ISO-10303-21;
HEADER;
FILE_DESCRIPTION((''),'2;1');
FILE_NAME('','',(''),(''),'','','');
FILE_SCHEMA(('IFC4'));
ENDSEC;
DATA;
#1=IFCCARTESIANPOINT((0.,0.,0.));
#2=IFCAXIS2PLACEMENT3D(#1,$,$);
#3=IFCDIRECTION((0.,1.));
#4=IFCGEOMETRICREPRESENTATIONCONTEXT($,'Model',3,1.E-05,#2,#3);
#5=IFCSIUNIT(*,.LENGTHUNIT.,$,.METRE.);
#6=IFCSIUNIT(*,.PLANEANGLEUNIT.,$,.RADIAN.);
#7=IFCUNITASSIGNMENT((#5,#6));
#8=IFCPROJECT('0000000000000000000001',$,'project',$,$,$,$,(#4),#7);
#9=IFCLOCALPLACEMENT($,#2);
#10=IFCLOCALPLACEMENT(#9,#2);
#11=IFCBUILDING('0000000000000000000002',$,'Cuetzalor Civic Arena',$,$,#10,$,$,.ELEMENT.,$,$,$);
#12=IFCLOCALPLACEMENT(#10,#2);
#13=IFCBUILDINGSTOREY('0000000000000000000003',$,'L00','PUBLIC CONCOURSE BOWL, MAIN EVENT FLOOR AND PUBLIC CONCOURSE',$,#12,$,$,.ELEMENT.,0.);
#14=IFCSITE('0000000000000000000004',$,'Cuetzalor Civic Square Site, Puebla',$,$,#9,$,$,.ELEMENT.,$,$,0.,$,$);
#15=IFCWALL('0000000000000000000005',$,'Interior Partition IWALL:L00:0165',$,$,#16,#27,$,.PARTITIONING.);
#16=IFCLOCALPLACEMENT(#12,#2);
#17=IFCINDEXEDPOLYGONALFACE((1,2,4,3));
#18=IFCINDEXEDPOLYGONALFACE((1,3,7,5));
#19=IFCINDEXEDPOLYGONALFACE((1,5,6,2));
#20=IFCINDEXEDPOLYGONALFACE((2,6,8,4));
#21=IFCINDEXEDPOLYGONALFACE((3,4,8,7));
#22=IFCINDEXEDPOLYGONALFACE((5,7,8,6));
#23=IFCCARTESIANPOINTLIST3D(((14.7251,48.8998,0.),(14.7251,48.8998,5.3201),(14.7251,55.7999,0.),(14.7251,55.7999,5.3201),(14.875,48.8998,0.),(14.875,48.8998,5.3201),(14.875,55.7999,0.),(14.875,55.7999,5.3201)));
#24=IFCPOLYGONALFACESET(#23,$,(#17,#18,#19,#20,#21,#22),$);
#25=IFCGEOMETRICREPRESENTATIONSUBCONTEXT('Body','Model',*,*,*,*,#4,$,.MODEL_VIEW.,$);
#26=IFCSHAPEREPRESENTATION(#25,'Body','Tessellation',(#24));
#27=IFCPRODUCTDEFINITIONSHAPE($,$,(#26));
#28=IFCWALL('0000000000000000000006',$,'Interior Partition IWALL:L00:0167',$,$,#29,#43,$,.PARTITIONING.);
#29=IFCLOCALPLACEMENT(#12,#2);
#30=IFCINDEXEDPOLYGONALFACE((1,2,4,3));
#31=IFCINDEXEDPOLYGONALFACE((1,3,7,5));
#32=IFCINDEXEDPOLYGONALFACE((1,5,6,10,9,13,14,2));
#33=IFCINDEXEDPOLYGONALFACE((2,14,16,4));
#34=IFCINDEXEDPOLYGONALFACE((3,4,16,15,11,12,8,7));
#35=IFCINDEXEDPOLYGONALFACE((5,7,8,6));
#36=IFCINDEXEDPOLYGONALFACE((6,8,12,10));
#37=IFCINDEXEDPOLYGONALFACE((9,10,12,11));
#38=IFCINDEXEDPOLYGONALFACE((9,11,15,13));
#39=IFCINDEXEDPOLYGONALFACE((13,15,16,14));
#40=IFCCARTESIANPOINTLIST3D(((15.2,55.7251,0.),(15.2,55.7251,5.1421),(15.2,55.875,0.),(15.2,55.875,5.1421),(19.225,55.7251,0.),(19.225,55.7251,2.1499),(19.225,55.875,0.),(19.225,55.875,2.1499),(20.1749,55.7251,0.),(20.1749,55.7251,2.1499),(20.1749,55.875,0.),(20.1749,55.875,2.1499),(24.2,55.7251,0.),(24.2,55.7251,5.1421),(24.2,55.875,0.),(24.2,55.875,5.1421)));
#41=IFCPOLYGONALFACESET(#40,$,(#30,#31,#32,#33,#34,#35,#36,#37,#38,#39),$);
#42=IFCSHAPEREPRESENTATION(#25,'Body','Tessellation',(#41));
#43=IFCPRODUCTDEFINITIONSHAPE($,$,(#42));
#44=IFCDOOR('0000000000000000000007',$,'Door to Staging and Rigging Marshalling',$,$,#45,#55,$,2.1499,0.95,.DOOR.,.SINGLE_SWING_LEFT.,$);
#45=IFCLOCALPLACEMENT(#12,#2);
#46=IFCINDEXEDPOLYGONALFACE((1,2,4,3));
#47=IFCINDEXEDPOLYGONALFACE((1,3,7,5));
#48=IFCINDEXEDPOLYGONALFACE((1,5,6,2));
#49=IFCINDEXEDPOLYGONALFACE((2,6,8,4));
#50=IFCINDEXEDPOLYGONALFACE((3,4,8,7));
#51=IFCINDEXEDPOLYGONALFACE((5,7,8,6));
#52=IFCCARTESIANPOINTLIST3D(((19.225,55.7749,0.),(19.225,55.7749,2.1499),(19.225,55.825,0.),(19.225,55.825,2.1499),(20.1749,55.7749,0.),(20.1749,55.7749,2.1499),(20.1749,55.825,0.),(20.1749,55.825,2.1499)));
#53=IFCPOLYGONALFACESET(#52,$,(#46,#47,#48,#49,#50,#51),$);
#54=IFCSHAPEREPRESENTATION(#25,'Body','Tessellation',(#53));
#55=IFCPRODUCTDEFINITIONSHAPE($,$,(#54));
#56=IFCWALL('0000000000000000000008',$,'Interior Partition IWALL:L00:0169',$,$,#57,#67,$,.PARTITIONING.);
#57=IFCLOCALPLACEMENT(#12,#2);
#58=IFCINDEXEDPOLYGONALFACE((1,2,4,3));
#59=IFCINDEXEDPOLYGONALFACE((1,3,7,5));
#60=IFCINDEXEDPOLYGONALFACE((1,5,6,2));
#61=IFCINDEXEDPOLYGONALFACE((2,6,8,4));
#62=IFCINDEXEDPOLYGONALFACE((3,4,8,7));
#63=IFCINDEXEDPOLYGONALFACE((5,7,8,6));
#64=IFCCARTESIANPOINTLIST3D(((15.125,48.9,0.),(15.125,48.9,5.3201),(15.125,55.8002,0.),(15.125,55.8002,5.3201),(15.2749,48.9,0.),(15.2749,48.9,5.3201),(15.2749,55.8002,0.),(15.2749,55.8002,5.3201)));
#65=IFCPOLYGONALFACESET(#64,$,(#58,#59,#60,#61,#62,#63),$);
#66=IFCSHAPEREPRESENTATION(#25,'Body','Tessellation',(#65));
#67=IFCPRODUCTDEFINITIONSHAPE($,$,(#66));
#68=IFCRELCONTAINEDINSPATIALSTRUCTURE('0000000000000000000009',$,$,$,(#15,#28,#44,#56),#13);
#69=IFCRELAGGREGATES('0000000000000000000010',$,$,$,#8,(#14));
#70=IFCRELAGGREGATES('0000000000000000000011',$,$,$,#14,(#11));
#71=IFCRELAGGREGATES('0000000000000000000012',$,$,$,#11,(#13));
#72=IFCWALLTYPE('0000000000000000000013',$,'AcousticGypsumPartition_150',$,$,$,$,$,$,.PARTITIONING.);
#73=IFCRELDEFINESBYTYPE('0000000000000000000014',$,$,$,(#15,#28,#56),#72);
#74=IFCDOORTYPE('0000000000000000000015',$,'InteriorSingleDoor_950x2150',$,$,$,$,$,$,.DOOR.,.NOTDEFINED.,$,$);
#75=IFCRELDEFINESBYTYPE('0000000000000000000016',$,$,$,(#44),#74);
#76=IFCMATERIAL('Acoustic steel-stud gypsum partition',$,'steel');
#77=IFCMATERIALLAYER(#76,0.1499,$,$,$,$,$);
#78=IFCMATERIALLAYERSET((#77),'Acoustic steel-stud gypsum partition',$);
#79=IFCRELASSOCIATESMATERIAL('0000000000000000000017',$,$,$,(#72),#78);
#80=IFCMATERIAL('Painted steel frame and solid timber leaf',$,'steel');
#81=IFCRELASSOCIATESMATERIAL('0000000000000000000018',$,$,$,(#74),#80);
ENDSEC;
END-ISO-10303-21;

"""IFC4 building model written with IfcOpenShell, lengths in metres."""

from ifc_helpers import new_model, si_unit, direction, frame, frame_2d, origin, place, context, subcontext, project, spatial, rectangle, extrude, material, layer, layer_set, type_object, element, fill, save


model = new_model("IFC4")

# Units and contexts
model_context = context("Model", 3, precision=1e-05, world=origin(), true_north=direction((0.0, 1.0)))
body_context = subcontext(model_context, "Body", "Model", "MODEL_VIEW")
ifc_project = project(units=[si_unit("LENGTHUNIT", "METRE"), si_unit("PLANEANGLEUNIT", "RADIAN")], contexts=[model_context])

# Site, building, storey
site_placement = place(None, origin())
site = spatial("IfcSite", under=ifc_project, at=site_placement, Name="Cuetzalor Civic Square Site, Puebla", CompositionType="ELEMENT", RefElevation=0.0)
building_placement = place(site_placement, origin())
building = spatial("IfcBuilding", under=site, at=building_placement, Name="Cuetzalor Civic Arena", CompositionType="ELEMENT")
storey_placement = place(building_placement, origin())
storey = spatial("IfcBuildingStorey", under=building, at=storey_placement, Name="L00", Description="PUBLIC CONCOURSE BOWL, MAIN EVENT FLOOR AND PUBLIC CONCOURSE", CompositionType="ELEMENT", Elevation=0.0)

# Shared definitions
ifc_material_1 = material(Name="Acoustic steel-stud gypsum partition", Category="steel")
ifc_layer = layer(ifc_material_1, 0.1499)
ifc_layer_set = layer_set([ifc_layer], Name="Acoustic steel-stud gypsum partition")
wall_type = type_object("IfcWallType", Name="AcousticGypsumPartition_150", PredefinedType="PARTITIONING", material=ifc_layer_set)
ifc_material_2 = material(Name="Painted steel frame and solid timber leaf", Category="steel")
door_type = type_object("IfcDoorType", Name="InteriorSingleDoor_950x2150", OperationType="NOTDEFINED", PredefinedType="DOOR", material=ifc_material_2)

# Wall
wall_1_placement = place(storey_placement, frame((14.8, 55.8, 0.0), z_axis=(0.0, 0.0, 1.0), x_axis=(0.0, -1.0, 0.0)))
element("IfcWall", 1, at=wall_1_placement, inside=storey, type_object=wall_type, Name="Interior Partition IWALL:L00:0165", PredefinedType="PARTITIONING", context=body_context, shape_type="SweptSolid", body=[
    extrude(rectangle(XDim=6.9001, YDim=0.1499, at=frame_2d((3.4502, 0.0))), origin(), (0.0, 0.0, 1.0), 5.3201),
])

# Wall, opening, door
wall_2_placement = place(storey_placement, frame((15.2, 55.8, 0.0), z_axis=(0.0, 0.0, 1.0), x_axis=(1.0, 0.0, 0.0)))
wall_2 = element("IfcWall", 2, at=wall_2_placement, inside=storey, type_object=wall_type, Name="Interior Partition IWALL:L00:0167", PredefinedType="PARTITIONING", context=body_context, shape_type="SweptSolid", body=[
    extrude(rectangle(XDim=9.0, YDim=0.1499, at=frame_2d((4.5, 0.0))), origin(), (0.0, 0.0, 1.0), 5.1421),
])
opening_1_placement = place(wall_2_placement, frame((4.0249, 0.0, 0.0)))
opening_1 = element("IfcOpeningElement", 3, at=opening_1_placement, cuts=wall_2, PredefinedType="OPENING", context=body_context, shape_type="SweptSolid", body=[
    extrude(rectangle(XDim=0.95, YDim=2.1499, at=frame_2d((0.4751, 1.075))), frame((0.0, 0.085, 0.0), z_axis=(0.0, -1.0, 0.0), x_axis=(1.0, 0.0, 0.0)), (0.0, 0.0, 1.0), 0.1699),
])
door_1_placement = place(opening_1_placement, origin())
door_1 = element("IfcDoor", 4, at=door_1_placement, inside=storey, type_object=door_type, Name="Door to Staging and Rigging Marshalling", OperationType="SINGLE_SWING_LEFT", OverallHeight=2.1499, OverallWidth=0.95, PredefinedType="DOOR", context=body_context, shape_type="SweptSolid", body=[
    extrude(rectangle(XDim=0.95, YDim=2.1499, at=frame_2d((0.4751, 1.075))), frame((0.0, 0.0249, 0.0), z_axis=(0.0, -1.0, 0.0), x_axis=(1.0, 0.0, 0.0)), (0.0, 0.0, 1.0), 0.05),
])
fill(opening_1, door_1)

# Wall
wall_3_placement = place(storey_placement, frame((15.2, 48.8999, 0.0), z_axis=(0.0, 0.0, 1.0), x_axis=(0.0, 1.0, 0.0)))
element("IfcWall", 5, at=wall_3_placement, inside=storey, type_object=wall_type, Name="Interior Partition IWALL:L00:0169", PredefinedType="PARTITIONING", context=body_context, shape_type="SweptSolid", body=[
    extrude(rectangle(XDim=6.9001, YDim=0.1499, at=frame_2d((3.4502, 0.0))), origin(), (0.0, 0.0, 1.0), 5.3201),
])

save(model, "model.ifc")
